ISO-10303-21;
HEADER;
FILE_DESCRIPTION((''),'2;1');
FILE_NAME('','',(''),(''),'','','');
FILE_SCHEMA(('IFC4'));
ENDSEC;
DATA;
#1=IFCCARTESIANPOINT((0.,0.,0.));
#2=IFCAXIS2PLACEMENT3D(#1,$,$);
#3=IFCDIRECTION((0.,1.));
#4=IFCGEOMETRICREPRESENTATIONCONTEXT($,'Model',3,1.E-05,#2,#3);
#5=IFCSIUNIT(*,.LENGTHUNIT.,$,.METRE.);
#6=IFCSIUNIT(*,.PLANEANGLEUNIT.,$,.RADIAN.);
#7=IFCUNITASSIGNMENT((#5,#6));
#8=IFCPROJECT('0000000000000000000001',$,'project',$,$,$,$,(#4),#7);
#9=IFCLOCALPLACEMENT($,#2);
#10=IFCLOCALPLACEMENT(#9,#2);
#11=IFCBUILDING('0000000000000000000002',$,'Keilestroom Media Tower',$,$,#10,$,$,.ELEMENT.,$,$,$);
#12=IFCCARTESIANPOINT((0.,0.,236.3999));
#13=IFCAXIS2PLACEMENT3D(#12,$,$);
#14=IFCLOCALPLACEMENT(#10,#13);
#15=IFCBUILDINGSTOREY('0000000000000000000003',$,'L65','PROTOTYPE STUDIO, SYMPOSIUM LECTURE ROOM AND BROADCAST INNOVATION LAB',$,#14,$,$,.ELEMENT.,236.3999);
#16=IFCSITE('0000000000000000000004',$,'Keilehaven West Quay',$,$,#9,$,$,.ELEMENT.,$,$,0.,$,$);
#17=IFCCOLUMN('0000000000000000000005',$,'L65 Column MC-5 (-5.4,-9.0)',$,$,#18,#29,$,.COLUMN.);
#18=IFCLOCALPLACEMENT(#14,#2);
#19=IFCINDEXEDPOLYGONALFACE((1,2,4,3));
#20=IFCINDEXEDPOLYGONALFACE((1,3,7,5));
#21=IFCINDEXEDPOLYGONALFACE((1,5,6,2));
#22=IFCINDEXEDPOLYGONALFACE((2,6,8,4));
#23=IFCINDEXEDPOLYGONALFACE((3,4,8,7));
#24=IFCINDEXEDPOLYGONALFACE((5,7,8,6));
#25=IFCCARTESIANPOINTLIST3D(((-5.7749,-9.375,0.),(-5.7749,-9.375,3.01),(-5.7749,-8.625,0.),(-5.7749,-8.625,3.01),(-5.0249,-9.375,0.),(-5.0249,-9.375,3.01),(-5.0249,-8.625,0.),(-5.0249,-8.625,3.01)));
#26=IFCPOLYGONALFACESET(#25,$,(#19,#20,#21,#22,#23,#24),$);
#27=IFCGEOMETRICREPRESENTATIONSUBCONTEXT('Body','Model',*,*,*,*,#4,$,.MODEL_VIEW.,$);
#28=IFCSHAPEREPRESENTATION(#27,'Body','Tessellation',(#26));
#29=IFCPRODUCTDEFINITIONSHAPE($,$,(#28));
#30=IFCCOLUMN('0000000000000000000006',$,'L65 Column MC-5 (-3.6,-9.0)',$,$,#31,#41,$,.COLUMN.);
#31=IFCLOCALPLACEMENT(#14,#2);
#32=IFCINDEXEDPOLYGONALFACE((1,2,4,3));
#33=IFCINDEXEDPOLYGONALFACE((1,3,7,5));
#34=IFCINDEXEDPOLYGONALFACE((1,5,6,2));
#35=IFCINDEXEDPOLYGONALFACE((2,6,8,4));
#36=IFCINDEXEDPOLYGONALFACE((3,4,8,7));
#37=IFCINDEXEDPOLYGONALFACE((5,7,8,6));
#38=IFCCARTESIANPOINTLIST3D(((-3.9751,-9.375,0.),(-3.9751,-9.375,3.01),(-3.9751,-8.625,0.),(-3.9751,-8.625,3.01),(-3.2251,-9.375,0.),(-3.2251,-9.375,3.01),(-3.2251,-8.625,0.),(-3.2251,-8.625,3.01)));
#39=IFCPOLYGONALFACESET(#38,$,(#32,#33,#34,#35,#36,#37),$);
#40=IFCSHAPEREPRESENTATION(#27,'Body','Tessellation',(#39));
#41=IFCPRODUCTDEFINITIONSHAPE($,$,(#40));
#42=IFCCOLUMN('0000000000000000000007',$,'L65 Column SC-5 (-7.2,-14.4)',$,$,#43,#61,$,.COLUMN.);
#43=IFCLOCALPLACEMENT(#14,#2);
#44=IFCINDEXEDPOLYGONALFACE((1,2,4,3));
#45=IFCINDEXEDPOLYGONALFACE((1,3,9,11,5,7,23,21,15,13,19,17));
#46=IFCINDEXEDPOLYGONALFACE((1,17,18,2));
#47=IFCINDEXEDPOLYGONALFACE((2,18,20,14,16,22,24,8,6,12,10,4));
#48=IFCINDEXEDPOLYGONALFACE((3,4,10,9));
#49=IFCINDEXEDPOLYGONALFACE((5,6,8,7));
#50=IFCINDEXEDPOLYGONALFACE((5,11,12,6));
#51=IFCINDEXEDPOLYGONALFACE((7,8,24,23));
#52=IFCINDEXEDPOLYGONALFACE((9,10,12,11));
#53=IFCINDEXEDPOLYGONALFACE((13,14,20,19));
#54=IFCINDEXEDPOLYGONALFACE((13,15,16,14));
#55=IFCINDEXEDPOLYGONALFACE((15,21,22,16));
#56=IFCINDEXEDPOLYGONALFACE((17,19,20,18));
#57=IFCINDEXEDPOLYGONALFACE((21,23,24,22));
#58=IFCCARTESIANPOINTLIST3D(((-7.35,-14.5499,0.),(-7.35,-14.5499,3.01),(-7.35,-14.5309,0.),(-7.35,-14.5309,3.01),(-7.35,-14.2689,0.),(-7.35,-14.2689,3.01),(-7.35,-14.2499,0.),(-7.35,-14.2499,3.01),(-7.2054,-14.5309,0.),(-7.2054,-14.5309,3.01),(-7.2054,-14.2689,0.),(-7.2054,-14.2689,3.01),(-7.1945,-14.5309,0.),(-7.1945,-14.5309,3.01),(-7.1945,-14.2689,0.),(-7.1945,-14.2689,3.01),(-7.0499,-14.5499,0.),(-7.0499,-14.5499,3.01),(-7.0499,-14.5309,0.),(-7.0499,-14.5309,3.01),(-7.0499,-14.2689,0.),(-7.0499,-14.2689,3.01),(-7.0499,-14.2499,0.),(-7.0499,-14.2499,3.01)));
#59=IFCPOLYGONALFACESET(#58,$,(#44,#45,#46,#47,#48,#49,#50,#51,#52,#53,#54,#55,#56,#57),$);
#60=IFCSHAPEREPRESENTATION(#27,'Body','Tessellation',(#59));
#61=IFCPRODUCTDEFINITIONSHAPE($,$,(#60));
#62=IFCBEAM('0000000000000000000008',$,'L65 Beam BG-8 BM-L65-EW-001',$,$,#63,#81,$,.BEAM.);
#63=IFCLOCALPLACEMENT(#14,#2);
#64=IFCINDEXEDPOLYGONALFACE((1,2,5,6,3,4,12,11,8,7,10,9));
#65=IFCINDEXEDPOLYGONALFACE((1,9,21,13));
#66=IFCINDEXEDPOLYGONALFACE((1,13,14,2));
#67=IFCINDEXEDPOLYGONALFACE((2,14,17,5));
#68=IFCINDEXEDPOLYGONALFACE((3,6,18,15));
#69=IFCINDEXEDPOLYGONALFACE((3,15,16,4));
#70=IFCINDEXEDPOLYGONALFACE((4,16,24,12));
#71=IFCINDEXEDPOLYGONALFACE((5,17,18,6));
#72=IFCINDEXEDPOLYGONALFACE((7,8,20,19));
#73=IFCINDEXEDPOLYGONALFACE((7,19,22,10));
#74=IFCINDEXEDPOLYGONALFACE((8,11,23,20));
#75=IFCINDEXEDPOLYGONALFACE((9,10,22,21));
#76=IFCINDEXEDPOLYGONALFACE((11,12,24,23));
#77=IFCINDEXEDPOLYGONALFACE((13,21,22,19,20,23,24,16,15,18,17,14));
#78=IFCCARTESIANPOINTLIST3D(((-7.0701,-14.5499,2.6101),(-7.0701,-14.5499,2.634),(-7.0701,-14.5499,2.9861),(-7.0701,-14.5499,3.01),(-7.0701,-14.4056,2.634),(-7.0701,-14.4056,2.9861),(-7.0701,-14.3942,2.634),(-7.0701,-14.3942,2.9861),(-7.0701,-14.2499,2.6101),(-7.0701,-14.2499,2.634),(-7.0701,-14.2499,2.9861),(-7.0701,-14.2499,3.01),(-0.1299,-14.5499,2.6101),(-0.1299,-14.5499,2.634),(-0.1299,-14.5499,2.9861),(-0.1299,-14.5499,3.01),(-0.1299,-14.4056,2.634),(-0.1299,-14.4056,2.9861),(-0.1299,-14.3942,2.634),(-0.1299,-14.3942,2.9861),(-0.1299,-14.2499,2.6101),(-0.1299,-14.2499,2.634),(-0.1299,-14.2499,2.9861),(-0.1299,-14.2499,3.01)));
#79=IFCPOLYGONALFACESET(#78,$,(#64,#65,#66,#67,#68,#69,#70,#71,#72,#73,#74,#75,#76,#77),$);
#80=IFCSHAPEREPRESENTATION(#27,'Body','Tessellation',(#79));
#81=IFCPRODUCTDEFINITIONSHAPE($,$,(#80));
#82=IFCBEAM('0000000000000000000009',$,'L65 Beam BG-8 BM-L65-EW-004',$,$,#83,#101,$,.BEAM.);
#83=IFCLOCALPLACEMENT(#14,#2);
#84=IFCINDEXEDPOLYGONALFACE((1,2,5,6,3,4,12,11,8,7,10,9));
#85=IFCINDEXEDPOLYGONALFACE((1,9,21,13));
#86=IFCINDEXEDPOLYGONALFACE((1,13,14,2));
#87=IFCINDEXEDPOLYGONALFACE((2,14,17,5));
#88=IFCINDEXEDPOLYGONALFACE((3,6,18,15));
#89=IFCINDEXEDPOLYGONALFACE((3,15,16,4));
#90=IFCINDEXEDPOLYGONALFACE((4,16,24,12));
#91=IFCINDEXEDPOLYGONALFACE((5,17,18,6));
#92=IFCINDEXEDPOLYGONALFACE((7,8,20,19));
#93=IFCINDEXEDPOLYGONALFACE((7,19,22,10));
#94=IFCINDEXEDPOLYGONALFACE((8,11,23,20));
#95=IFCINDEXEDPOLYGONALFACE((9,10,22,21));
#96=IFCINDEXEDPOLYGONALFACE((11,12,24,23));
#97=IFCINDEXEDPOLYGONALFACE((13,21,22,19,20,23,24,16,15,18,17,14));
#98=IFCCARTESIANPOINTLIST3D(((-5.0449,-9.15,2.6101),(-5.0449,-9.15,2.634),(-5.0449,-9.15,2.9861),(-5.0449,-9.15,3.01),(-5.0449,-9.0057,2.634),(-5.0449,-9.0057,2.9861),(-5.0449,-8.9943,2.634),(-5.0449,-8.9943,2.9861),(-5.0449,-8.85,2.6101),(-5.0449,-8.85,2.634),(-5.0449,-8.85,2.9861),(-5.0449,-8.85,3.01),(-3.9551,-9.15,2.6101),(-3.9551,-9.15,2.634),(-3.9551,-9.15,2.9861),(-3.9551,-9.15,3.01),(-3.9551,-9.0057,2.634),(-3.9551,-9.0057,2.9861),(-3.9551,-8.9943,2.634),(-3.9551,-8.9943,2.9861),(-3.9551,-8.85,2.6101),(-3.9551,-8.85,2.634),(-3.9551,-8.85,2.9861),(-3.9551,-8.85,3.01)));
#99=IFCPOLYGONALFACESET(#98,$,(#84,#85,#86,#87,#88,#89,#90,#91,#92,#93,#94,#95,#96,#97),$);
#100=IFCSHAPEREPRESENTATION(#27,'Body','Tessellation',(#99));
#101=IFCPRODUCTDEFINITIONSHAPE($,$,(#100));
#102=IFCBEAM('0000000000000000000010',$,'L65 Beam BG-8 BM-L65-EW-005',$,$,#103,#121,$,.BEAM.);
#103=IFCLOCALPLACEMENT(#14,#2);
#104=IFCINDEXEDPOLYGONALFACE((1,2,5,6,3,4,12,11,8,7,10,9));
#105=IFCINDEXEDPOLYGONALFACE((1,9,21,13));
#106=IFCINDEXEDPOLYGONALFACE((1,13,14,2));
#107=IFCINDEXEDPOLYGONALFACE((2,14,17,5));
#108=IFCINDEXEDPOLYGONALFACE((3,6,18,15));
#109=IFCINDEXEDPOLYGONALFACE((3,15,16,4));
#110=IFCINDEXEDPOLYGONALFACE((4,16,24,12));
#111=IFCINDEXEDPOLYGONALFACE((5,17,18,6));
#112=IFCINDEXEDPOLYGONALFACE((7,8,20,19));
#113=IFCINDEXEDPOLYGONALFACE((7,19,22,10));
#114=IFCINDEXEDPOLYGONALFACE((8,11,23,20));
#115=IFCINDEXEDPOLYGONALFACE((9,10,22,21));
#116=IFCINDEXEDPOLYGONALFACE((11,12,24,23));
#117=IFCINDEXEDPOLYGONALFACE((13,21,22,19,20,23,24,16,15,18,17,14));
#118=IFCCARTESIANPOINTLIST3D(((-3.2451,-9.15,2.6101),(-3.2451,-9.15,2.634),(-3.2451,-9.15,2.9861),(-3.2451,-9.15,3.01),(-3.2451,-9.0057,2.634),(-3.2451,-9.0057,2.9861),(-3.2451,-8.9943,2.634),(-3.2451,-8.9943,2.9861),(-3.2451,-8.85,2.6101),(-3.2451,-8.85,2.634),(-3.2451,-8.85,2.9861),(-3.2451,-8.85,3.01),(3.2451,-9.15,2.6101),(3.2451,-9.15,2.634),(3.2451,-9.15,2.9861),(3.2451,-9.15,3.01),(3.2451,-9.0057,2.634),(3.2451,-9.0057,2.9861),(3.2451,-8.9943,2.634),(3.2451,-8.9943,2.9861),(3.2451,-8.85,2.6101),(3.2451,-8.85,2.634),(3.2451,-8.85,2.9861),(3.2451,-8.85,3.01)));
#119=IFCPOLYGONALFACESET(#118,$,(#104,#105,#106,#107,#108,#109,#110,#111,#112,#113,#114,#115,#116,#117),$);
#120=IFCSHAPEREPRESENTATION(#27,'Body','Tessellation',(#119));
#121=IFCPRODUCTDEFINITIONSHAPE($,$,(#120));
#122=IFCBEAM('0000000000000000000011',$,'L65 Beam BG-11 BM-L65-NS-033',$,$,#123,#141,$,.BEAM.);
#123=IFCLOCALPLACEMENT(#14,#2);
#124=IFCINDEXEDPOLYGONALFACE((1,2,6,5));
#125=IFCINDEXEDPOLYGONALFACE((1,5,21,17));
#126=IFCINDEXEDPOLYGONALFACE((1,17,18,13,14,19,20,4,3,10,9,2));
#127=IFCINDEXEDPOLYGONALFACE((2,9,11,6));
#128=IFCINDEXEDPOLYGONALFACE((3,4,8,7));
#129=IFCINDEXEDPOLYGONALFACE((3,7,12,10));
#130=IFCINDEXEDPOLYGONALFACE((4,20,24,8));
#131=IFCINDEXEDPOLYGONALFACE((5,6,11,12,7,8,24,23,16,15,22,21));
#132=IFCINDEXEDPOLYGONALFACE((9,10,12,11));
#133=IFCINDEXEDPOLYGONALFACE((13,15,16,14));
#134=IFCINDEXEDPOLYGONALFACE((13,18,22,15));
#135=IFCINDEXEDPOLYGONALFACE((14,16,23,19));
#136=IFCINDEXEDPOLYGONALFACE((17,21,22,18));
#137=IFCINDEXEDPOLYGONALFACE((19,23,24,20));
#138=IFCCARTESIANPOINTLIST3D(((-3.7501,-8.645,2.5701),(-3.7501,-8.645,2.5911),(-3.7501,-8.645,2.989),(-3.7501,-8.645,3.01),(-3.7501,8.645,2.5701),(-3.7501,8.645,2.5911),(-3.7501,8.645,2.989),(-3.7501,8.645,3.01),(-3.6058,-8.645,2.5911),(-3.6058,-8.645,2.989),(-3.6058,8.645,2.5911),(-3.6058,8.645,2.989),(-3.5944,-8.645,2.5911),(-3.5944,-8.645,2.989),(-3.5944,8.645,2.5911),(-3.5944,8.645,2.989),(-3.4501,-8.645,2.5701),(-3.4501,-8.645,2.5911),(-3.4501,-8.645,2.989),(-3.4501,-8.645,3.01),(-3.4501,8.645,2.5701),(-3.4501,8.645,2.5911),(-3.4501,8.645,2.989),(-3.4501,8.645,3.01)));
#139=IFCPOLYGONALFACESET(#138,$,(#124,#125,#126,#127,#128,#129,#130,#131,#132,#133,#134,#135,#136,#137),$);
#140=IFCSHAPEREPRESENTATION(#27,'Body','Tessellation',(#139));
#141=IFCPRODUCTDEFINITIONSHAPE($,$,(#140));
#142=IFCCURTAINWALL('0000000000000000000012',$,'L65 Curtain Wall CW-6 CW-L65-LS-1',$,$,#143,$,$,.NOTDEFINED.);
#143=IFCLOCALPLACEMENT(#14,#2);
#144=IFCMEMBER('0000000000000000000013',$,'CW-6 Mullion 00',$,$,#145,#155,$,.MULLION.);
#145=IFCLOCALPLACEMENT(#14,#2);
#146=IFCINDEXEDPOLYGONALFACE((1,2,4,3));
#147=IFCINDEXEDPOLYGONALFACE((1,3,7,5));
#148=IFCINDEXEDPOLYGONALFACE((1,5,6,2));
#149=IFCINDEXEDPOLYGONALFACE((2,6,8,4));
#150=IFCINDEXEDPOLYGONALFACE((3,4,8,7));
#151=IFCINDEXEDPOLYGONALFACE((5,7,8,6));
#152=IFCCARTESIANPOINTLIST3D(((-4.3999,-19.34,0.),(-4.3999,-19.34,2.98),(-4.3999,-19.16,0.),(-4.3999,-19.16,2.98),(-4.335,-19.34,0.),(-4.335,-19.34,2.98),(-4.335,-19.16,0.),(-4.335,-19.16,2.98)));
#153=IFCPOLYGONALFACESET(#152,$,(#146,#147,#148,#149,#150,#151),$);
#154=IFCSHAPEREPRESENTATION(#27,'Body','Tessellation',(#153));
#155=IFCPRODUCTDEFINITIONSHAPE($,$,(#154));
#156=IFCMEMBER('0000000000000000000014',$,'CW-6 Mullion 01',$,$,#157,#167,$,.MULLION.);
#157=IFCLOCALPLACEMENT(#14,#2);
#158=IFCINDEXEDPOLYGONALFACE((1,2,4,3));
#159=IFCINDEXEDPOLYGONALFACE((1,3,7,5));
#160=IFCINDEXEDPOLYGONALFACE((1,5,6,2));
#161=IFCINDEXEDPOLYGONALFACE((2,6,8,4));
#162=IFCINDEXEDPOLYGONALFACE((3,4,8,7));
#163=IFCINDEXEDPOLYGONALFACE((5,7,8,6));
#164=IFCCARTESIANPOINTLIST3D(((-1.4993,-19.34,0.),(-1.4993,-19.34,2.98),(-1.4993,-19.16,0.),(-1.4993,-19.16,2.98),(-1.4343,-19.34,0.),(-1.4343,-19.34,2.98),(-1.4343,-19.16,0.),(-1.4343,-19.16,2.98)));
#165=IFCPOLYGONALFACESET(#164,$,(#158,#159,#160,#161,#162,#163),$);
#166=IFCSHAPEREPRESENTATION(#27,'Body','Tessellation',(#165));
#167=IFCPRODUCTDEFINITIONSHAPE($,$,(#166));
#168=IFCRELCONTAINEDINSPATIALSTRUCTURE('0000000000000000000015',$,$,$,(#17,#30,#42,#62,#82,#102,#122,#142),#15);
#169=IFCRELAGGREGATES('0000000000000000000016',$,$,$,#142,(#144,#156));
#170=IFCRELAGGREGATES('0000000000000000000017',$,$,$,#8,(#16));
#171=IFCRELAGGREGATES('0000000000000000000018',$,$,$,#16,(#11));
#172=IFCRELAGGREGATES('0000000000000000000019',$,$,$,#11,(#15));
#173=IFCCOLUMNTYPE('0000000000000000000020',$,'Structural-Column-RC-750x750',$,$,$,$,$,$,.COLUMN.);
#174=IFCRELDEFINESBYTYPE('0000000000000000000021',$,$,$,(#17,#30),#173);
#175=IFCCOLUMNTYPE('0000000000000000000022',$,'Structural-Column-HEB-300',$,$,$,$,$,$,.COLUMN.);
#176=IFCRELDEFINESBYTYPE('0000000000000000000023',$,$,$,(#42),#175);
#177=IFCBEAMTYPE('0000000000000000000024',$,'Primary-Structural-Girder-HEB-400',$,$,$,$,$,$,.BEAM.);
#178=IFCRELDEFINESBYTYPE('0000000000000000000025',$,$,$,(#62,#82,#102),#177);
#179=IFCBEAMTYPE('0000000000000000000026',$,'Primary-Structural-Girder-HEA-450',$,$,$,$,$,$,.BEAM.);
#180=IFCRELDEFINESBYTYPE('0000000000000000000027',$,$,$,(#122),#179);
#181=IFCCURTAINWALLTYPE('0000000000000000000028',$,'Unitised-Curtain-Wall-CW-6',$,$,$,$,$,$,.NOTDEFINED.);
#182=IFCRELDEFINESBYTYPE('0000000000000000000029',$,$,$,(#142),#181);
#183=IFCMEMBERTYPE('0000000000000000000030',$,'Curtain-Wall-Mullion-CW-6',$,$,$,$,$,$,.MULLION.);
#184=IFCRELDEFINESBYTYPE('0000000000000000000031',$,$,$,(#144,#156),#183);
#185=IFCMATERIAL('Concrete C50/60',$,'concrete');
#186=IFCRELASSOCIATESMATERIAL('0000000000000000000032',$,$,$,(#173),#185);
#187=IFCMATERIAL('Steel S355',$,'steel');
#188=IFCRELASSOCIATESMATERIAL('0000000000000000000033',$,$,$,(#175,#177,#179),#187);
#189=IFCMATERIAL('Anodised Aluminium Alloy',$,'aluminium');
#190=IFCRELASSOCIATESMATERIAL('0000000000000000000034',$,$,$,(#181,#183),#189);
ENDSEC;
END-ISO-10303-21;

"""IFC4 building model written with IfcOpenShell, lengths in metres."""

from ifc_helpers import new_model, si_unit, direction, frame, origin, origin_2d, place, context, subcontext, project, spatial, rectangle, i_section, extrude, source, transform, mapped, material, material_profile, profile_set, type_object, element, aggregate, save


model = new_model("IFC4")

# Units and contexts
model_context = context("Model", 3, precision=1e-05, world=origin(), true_north=direction((0.0, 1.0)))
body_context = subcontext(model_context, "Body", "Model", "MODEL_VIEW")
ifc_project = project(units=[si_unit("LENGTHUNIT", "METRE"), si_unit("PLANEANGLEUNIT", "RADIAN")], contexts=[model_context])

# Site, building, storey
site_placement = place(None, origin())
site = spatial("IfcSite", under=ifc_project, at=site_placement, Name="Keilehaven West Quay", CompositionType="ELEMENT", RefElevation=0.0)
building_placement = place(site_placement, origin())
building = spatial("IfcBuilding", under=site, at=building_placement, Name="Keilestroom Media Tower", CompositionType="ELEMENT")
storey_placement = place(building_placement, frame((0.0, 0.0, 236.3999)))
storey = spatial("IfcBuildingStorey", under=building, at=storey_placement, Name="L65", Description="PROTOTYPE STUDIO, SYMPOSIUM LECTURE ROOM AND BROADCAST INNOVATION LAB", CompositionType="ELEMENT", Elevation=236.3999)

# Columns
ifc_material_1 = material(Name="Concrete C50/60", Category="concrete")
ifc_material_profile_1 = material_profile(ifc_material_1, rectangle(XDim=0.75, YDim=0.75, at=origin_2d()), Name="RC 750x750")
ifc_profile_set_1 = profile_set([ifc_material_profile_1], Name="Concrete C50/60")
column_type_1 = type_object("IfcColumnType", Name="Structural-Column-RC-750x750", PredefinedType="COLUMN", material=ifc_profile_set_1)
shared_shape_1 = source(origin(), body_context, "Body", "SweptSolid", [
    extrude(rectangle(XDim=0.75, YDim=0.75, at=origin_2d()), origin(), (0.0, 0.0, 1.0), 3.01),
])
for number, where, z_axis, x_axis, name in (
    (1, (-5.3999, -9.0, 0.0), (0.0, 0.0, 1.0), (1.0, 0.0, 0.0), "L65 Column MC-5 (-5.4,-9.0)"),
    (2, (-3.6001, -9.0, 0.0), (0.0, 0.0, 1.0), (1.0, 0.0, 0.0), "L65 Column MC-5 (-3.6,-9.0)"),
):
    element("IfcColumn", number, at=place(storey_placement, frame(where, z_axis=z_axis, x_axis=x_axis)), inside=storey, type_object=column_type_1, Name=name, PredefinedType="COLUMN", context=body_context, shape_type="MappedRepresentation", body=[
        mapped(shared_shape_1, transform((0.0, 0.0, 0.0), x_axis=(1.0, 0.0, 0.0), y_axis=(0.0, 1.0, 0.0), z_axis=(0.0, 0.0, 1.0), scale=1.0)),
    ])
ifc_material_2 = material(Name="Steel S355", Category="steel")
ifc_material_profile_2 = material_profile(ifc_material_2, i_section(OverallWidth=0.3, OverallDepth=0.3, WebThickness=0.011, FlangeThickness=0.019, at=origin_2d()), Name="HEB 300")
ifc_profile_set_2 = profile_set([ifc_material_profile_2], Name="Steel S355")
column_type_2 = type_object("IfcColumnType", Name="Structural-Column-HEB-300", PredefinedType="COLUMN", material=ifc_profile_set_2)
shared_shape_2 = source(origin(), body_context, "Body", "SweptSolid", [
    extrude(i_section(OverallWidth=0.3, OverallDepth=0.3, WebThickness=0.011, FlangeThickness=0.019, at=origin_2d()), origin(), (0.0, 0.0, 1.0), 3.01),
])
column_placement = place(storey_placement, frame((-7.2, -14.3999, 0.0), z_axis=(0.0, 0.0, 1.0), x_axis=(1.0, 0.0, 0.0)))
element("IfcColumn", 3, at=column_placement, inside=storey, type_object=column_type_2, Name="L65 Column SC-5 (-7.2,-14.4)", PredefinedType="COLUMN", context=body_context, shape_type="MappedRepresentation", body=[
    mapped(shared_shape_2, transform((0.0, 0.0, 0.0), x_axis=(1.0, 0.0, 0.0), y_axis=(0.0, 1.0, 0.0), z_axis=(0.0, 0.0, 1.0), scale=1.0)),
])

# Beams
ifc_material_profile_3 = material_profile(ifc_material_2, i_section(OverallWidth=0.3, OverallDepth=0.3999, WebThickness=0.0115, FlangeThickness=0.0239, at=origin_2d()), Name="HEB 400")
ifc_profile_set_3 = profile_set([ifc_material_profile_3], Name="Steel S355")
beam_type_1 = type_object("IfcBeamType", Name="Primary-Structural-Girder-HEB-400", PredefinedType="BEAM", material=ifc_profile_set_3)
shared_shape_3 = source(origin(), body_context, "Body", "SweptSolid", [
    extrude(i_section(OverallWidth=0.3, OverallDepth=0.3999, WebThickness=0.0115, FlangeThickness=0.0239, at=origin_2d()), origin(), (0.0, 0.0, 1.0), 6.9402),
])
beam_1_placement = place(storey_placement, frame((-7.0701, -14.3999, 2.8101), z_axis=(1.0, 0.0, 0.0), x_axis=(0.0, 1.0, 0.0)))
element("IfcBeam", 4, at=beam_1_placement, inside=storey, type_object=beam_type_1, Name="L65 Beam BG-8 BM-L65-EW-001", PredefinedType="BEAM", context=body_context, shape_type="MappedRepresentation", body=[
    mapped(shared_shape_3, transform((0.0, 0.0, 0.0), x_axis=(1.0, 0.0, 0.0), y_axis=(0.0, 1.0, 0.0), z_axis=(0.0, 0.0, 1.0), scale=1.0)),
])
shared_shape_4 = source(origin(), body_context, "Body", "SweptSolid", [
    extrude(i_section(OverallWidth=0.3, OverallDepth=0.3999, WebThickness=0.0115, FlangeThickness=0.0239, at=origin_2d()), origin(), (0.0, 0.0, 1.0), 1.0898),
])
beam_2_placement = place(storey_placement, frame((-5.0449, -9.0, 2.8101), z_axis=(1.0, 0.0, 0.0), x_axis=(0.0, 1.0, 0.0)))
element("IfcBeam", 5, at=beam_2_placement, inside=storey, type_object=beam_type_1, Name="L65 Beam BG-8 BM-L65-EW-004", PredefinedType="BEAM", context=body_context, shape_type="MappedRepresentation", body=[
    mapped(shared_shape_4, transform((0.0, 0.0, 0.0), x_axis=(1.0, 0.0, 0.0), y_axis=(0.0, 1.0, 0.0), z_axis=(0.0, 0.0, 1.0), scale=1.0)),
])
shared_shape_5 = source(origin(), body_context, "Body", "SweptSolid", [
    extrude(i_section(OverallWidth=0.3, OverallDepth=0.3999, WebThickness=0.0115, FlangeThickness=0.0239, at=origin_2d()), origin(), (0.0, 0.0, 1.0), 6.4902),
])
beam_3_placement = place(storey_placement, frame((-3.2451, -9.0, 2.8101), z_axis=(1.0, 0.0, 0.0), x_axis=(0.0, 1.0, 0.0)))
element("IfcBeam", 6, at=beam_3_placement, inside=storey, type_object=beam_type_1, Name="L65 Beam BG-8 BM-L65-EW-005", PredefinedType="BEAM", context=body_context, shape_type="MappedRepresentation", body=[
    mapped(shared_shape_5, transform((0.0, 0.0, 0.0), x_axis=(1.0, 0.0, 0.0), y_axis=(0.0, 1.0, 0.0), z_axis=(0.0, 0.0, 1.0), scale=1.0)),
])
ifc_material_profile_4 = material_profile(ifc_material_2, i_section(OverallWidth=0.3, OverallDepth=0.4399, WebThickness=0.0115, FlangeThickness=0.021, at=origin_2d()), Name="HEA 450")
ifc_profile_set_4 = profile_set([ifc_material_profile_4], Name="Steel S355")
beam_type_2 = type_object("IfcBeamType", Name="Primary-Structural-Girder-HEA-450", PredefinedType="BEAM", material=ifc_profile_set_4)
shared_shape_6 = source(origin(), body_context, "Body", "SweptSolid", [
    extrude(i_section(OverallWidth=0.3, OverallDepth=0.4399, WebThickness=0.0115, FlangeThickness=0.021, at=origin_2d()), origin(), (0.0, 0.0, 1.0), 17.29),
])
beam_4_placement = place(storey_placement, frame((-3.6001, -8.645, 2.79), z_axis=(0.0, 1.0, 0.0), x_axis=(-1.0, 0.0, 0.0)))
element("IfcBeam", 7, at=beam_4_placement, inside=storey, type_object=beam_type_2, Name="L65 Beam BG-11 BM-L65-NS-033", PredefinedType="BEAM", context=body_context, shape_type="MappedRepresentation", body=[
    mapped(shared_shape_6, transform((0.0, 0.0, 0.0), x_axis=(1.0, 0.0, 0.0), y_axis=(0.0, 1.0, 0.0), z_axis=(0.0, 0.0, 1.0), scale=1.0)),
])

# Curtain wall, members
ifc_material_3 = material(Name="Anodised Aluminium Alloy", Category="aluminium")
curtain_wall_type = type_object("IfcCurtainWallType", Name="Unitised-Curtain-Wall-CW-6", PredefinedType="NOTDEFINED", material=ifc_material_3)
curtain_wall_placement = place(storey_placement, origin())
curtain_wall = element("IfcCurtainWall", 8, at=curtain_wall_placement, inside=storey, type_object=curtain_wall_type, Name="L65 Curtain Wall CW-6 CW-L65-LS-1", PredefinedType="NOTDEFINED")
ifc_material_profile_5 = material_profile(ifc_material_3, rectangle(XDim=0.0649, YDim=0.1799, at=origin_2d()), Name="ALU MULLION 65x180")
ifc_profile_set_5 = profile_set([ifc_material_profile_5], Name="Anodised Aluminium Alloy")
member_type_1 = type_object("IfcMemberType", Name="Curtain-Wall-Mullion-CW-6", PredefinedType="MULLION", material=ifc_profile_set_5)
shared_shape_7 = source(origin(), body_context, "Body", "SweptSolid", [
    extrude(rectangle(XDim=0.0649, YDim=0.1799, at=origin_2d()), origin(), (0.0, 0.0, 1.0), 2.98),
])
member_1_placement = place(storey_placement, frame((-4.3674, -19.25, 0.0), z_axis=(0.0, 0.0, 1.0), x_axis=(1.0, 0.0, 0.0)))
member_1 = element("IfcMember", 9, at=member_1_placement, type_object=member_type_1, Name="CW-6 Mullion 00", PredefinedType="MULLION", context=body_context, shape_type="MappedRepresentation", body=[
    mapped(shared_shape_7, transform((0.0, 0.0, 0.0), x_axis=(1.0, 0.0, 0.0), y_axis=(0.0, 1.0, 0.0), z_axis=(0.0, 0.0, 1.0), scale=1.0)),
])
member_2_placement = place(storey_placement, frame((-1.4668, -19.25, 0.0), z_axis=(0.0, 0.0, 1.0), x_axis=(1.0, 0.0, 0.0)))
member_2 = element("IfcMember", 10, at=member_2_placement, type_object=member_type_1, Name="CW-6 Mullion 01", PredefinedType="MULLION", context=body_context, shape_type="MappedRepresentation", body=[
    mapped(shared_shape_7, transform((0.0, 0.0, 0.0), x_axis=(1.0, 0.0, 0.0), y_axis=(0.0, 1.0, 0.0), z_axis=(0.0, 0.0, 1.0), scale=1.0)),
])
aggregate(curtain_wall, [member_1, member_2])

save(model, "model.ifc")
